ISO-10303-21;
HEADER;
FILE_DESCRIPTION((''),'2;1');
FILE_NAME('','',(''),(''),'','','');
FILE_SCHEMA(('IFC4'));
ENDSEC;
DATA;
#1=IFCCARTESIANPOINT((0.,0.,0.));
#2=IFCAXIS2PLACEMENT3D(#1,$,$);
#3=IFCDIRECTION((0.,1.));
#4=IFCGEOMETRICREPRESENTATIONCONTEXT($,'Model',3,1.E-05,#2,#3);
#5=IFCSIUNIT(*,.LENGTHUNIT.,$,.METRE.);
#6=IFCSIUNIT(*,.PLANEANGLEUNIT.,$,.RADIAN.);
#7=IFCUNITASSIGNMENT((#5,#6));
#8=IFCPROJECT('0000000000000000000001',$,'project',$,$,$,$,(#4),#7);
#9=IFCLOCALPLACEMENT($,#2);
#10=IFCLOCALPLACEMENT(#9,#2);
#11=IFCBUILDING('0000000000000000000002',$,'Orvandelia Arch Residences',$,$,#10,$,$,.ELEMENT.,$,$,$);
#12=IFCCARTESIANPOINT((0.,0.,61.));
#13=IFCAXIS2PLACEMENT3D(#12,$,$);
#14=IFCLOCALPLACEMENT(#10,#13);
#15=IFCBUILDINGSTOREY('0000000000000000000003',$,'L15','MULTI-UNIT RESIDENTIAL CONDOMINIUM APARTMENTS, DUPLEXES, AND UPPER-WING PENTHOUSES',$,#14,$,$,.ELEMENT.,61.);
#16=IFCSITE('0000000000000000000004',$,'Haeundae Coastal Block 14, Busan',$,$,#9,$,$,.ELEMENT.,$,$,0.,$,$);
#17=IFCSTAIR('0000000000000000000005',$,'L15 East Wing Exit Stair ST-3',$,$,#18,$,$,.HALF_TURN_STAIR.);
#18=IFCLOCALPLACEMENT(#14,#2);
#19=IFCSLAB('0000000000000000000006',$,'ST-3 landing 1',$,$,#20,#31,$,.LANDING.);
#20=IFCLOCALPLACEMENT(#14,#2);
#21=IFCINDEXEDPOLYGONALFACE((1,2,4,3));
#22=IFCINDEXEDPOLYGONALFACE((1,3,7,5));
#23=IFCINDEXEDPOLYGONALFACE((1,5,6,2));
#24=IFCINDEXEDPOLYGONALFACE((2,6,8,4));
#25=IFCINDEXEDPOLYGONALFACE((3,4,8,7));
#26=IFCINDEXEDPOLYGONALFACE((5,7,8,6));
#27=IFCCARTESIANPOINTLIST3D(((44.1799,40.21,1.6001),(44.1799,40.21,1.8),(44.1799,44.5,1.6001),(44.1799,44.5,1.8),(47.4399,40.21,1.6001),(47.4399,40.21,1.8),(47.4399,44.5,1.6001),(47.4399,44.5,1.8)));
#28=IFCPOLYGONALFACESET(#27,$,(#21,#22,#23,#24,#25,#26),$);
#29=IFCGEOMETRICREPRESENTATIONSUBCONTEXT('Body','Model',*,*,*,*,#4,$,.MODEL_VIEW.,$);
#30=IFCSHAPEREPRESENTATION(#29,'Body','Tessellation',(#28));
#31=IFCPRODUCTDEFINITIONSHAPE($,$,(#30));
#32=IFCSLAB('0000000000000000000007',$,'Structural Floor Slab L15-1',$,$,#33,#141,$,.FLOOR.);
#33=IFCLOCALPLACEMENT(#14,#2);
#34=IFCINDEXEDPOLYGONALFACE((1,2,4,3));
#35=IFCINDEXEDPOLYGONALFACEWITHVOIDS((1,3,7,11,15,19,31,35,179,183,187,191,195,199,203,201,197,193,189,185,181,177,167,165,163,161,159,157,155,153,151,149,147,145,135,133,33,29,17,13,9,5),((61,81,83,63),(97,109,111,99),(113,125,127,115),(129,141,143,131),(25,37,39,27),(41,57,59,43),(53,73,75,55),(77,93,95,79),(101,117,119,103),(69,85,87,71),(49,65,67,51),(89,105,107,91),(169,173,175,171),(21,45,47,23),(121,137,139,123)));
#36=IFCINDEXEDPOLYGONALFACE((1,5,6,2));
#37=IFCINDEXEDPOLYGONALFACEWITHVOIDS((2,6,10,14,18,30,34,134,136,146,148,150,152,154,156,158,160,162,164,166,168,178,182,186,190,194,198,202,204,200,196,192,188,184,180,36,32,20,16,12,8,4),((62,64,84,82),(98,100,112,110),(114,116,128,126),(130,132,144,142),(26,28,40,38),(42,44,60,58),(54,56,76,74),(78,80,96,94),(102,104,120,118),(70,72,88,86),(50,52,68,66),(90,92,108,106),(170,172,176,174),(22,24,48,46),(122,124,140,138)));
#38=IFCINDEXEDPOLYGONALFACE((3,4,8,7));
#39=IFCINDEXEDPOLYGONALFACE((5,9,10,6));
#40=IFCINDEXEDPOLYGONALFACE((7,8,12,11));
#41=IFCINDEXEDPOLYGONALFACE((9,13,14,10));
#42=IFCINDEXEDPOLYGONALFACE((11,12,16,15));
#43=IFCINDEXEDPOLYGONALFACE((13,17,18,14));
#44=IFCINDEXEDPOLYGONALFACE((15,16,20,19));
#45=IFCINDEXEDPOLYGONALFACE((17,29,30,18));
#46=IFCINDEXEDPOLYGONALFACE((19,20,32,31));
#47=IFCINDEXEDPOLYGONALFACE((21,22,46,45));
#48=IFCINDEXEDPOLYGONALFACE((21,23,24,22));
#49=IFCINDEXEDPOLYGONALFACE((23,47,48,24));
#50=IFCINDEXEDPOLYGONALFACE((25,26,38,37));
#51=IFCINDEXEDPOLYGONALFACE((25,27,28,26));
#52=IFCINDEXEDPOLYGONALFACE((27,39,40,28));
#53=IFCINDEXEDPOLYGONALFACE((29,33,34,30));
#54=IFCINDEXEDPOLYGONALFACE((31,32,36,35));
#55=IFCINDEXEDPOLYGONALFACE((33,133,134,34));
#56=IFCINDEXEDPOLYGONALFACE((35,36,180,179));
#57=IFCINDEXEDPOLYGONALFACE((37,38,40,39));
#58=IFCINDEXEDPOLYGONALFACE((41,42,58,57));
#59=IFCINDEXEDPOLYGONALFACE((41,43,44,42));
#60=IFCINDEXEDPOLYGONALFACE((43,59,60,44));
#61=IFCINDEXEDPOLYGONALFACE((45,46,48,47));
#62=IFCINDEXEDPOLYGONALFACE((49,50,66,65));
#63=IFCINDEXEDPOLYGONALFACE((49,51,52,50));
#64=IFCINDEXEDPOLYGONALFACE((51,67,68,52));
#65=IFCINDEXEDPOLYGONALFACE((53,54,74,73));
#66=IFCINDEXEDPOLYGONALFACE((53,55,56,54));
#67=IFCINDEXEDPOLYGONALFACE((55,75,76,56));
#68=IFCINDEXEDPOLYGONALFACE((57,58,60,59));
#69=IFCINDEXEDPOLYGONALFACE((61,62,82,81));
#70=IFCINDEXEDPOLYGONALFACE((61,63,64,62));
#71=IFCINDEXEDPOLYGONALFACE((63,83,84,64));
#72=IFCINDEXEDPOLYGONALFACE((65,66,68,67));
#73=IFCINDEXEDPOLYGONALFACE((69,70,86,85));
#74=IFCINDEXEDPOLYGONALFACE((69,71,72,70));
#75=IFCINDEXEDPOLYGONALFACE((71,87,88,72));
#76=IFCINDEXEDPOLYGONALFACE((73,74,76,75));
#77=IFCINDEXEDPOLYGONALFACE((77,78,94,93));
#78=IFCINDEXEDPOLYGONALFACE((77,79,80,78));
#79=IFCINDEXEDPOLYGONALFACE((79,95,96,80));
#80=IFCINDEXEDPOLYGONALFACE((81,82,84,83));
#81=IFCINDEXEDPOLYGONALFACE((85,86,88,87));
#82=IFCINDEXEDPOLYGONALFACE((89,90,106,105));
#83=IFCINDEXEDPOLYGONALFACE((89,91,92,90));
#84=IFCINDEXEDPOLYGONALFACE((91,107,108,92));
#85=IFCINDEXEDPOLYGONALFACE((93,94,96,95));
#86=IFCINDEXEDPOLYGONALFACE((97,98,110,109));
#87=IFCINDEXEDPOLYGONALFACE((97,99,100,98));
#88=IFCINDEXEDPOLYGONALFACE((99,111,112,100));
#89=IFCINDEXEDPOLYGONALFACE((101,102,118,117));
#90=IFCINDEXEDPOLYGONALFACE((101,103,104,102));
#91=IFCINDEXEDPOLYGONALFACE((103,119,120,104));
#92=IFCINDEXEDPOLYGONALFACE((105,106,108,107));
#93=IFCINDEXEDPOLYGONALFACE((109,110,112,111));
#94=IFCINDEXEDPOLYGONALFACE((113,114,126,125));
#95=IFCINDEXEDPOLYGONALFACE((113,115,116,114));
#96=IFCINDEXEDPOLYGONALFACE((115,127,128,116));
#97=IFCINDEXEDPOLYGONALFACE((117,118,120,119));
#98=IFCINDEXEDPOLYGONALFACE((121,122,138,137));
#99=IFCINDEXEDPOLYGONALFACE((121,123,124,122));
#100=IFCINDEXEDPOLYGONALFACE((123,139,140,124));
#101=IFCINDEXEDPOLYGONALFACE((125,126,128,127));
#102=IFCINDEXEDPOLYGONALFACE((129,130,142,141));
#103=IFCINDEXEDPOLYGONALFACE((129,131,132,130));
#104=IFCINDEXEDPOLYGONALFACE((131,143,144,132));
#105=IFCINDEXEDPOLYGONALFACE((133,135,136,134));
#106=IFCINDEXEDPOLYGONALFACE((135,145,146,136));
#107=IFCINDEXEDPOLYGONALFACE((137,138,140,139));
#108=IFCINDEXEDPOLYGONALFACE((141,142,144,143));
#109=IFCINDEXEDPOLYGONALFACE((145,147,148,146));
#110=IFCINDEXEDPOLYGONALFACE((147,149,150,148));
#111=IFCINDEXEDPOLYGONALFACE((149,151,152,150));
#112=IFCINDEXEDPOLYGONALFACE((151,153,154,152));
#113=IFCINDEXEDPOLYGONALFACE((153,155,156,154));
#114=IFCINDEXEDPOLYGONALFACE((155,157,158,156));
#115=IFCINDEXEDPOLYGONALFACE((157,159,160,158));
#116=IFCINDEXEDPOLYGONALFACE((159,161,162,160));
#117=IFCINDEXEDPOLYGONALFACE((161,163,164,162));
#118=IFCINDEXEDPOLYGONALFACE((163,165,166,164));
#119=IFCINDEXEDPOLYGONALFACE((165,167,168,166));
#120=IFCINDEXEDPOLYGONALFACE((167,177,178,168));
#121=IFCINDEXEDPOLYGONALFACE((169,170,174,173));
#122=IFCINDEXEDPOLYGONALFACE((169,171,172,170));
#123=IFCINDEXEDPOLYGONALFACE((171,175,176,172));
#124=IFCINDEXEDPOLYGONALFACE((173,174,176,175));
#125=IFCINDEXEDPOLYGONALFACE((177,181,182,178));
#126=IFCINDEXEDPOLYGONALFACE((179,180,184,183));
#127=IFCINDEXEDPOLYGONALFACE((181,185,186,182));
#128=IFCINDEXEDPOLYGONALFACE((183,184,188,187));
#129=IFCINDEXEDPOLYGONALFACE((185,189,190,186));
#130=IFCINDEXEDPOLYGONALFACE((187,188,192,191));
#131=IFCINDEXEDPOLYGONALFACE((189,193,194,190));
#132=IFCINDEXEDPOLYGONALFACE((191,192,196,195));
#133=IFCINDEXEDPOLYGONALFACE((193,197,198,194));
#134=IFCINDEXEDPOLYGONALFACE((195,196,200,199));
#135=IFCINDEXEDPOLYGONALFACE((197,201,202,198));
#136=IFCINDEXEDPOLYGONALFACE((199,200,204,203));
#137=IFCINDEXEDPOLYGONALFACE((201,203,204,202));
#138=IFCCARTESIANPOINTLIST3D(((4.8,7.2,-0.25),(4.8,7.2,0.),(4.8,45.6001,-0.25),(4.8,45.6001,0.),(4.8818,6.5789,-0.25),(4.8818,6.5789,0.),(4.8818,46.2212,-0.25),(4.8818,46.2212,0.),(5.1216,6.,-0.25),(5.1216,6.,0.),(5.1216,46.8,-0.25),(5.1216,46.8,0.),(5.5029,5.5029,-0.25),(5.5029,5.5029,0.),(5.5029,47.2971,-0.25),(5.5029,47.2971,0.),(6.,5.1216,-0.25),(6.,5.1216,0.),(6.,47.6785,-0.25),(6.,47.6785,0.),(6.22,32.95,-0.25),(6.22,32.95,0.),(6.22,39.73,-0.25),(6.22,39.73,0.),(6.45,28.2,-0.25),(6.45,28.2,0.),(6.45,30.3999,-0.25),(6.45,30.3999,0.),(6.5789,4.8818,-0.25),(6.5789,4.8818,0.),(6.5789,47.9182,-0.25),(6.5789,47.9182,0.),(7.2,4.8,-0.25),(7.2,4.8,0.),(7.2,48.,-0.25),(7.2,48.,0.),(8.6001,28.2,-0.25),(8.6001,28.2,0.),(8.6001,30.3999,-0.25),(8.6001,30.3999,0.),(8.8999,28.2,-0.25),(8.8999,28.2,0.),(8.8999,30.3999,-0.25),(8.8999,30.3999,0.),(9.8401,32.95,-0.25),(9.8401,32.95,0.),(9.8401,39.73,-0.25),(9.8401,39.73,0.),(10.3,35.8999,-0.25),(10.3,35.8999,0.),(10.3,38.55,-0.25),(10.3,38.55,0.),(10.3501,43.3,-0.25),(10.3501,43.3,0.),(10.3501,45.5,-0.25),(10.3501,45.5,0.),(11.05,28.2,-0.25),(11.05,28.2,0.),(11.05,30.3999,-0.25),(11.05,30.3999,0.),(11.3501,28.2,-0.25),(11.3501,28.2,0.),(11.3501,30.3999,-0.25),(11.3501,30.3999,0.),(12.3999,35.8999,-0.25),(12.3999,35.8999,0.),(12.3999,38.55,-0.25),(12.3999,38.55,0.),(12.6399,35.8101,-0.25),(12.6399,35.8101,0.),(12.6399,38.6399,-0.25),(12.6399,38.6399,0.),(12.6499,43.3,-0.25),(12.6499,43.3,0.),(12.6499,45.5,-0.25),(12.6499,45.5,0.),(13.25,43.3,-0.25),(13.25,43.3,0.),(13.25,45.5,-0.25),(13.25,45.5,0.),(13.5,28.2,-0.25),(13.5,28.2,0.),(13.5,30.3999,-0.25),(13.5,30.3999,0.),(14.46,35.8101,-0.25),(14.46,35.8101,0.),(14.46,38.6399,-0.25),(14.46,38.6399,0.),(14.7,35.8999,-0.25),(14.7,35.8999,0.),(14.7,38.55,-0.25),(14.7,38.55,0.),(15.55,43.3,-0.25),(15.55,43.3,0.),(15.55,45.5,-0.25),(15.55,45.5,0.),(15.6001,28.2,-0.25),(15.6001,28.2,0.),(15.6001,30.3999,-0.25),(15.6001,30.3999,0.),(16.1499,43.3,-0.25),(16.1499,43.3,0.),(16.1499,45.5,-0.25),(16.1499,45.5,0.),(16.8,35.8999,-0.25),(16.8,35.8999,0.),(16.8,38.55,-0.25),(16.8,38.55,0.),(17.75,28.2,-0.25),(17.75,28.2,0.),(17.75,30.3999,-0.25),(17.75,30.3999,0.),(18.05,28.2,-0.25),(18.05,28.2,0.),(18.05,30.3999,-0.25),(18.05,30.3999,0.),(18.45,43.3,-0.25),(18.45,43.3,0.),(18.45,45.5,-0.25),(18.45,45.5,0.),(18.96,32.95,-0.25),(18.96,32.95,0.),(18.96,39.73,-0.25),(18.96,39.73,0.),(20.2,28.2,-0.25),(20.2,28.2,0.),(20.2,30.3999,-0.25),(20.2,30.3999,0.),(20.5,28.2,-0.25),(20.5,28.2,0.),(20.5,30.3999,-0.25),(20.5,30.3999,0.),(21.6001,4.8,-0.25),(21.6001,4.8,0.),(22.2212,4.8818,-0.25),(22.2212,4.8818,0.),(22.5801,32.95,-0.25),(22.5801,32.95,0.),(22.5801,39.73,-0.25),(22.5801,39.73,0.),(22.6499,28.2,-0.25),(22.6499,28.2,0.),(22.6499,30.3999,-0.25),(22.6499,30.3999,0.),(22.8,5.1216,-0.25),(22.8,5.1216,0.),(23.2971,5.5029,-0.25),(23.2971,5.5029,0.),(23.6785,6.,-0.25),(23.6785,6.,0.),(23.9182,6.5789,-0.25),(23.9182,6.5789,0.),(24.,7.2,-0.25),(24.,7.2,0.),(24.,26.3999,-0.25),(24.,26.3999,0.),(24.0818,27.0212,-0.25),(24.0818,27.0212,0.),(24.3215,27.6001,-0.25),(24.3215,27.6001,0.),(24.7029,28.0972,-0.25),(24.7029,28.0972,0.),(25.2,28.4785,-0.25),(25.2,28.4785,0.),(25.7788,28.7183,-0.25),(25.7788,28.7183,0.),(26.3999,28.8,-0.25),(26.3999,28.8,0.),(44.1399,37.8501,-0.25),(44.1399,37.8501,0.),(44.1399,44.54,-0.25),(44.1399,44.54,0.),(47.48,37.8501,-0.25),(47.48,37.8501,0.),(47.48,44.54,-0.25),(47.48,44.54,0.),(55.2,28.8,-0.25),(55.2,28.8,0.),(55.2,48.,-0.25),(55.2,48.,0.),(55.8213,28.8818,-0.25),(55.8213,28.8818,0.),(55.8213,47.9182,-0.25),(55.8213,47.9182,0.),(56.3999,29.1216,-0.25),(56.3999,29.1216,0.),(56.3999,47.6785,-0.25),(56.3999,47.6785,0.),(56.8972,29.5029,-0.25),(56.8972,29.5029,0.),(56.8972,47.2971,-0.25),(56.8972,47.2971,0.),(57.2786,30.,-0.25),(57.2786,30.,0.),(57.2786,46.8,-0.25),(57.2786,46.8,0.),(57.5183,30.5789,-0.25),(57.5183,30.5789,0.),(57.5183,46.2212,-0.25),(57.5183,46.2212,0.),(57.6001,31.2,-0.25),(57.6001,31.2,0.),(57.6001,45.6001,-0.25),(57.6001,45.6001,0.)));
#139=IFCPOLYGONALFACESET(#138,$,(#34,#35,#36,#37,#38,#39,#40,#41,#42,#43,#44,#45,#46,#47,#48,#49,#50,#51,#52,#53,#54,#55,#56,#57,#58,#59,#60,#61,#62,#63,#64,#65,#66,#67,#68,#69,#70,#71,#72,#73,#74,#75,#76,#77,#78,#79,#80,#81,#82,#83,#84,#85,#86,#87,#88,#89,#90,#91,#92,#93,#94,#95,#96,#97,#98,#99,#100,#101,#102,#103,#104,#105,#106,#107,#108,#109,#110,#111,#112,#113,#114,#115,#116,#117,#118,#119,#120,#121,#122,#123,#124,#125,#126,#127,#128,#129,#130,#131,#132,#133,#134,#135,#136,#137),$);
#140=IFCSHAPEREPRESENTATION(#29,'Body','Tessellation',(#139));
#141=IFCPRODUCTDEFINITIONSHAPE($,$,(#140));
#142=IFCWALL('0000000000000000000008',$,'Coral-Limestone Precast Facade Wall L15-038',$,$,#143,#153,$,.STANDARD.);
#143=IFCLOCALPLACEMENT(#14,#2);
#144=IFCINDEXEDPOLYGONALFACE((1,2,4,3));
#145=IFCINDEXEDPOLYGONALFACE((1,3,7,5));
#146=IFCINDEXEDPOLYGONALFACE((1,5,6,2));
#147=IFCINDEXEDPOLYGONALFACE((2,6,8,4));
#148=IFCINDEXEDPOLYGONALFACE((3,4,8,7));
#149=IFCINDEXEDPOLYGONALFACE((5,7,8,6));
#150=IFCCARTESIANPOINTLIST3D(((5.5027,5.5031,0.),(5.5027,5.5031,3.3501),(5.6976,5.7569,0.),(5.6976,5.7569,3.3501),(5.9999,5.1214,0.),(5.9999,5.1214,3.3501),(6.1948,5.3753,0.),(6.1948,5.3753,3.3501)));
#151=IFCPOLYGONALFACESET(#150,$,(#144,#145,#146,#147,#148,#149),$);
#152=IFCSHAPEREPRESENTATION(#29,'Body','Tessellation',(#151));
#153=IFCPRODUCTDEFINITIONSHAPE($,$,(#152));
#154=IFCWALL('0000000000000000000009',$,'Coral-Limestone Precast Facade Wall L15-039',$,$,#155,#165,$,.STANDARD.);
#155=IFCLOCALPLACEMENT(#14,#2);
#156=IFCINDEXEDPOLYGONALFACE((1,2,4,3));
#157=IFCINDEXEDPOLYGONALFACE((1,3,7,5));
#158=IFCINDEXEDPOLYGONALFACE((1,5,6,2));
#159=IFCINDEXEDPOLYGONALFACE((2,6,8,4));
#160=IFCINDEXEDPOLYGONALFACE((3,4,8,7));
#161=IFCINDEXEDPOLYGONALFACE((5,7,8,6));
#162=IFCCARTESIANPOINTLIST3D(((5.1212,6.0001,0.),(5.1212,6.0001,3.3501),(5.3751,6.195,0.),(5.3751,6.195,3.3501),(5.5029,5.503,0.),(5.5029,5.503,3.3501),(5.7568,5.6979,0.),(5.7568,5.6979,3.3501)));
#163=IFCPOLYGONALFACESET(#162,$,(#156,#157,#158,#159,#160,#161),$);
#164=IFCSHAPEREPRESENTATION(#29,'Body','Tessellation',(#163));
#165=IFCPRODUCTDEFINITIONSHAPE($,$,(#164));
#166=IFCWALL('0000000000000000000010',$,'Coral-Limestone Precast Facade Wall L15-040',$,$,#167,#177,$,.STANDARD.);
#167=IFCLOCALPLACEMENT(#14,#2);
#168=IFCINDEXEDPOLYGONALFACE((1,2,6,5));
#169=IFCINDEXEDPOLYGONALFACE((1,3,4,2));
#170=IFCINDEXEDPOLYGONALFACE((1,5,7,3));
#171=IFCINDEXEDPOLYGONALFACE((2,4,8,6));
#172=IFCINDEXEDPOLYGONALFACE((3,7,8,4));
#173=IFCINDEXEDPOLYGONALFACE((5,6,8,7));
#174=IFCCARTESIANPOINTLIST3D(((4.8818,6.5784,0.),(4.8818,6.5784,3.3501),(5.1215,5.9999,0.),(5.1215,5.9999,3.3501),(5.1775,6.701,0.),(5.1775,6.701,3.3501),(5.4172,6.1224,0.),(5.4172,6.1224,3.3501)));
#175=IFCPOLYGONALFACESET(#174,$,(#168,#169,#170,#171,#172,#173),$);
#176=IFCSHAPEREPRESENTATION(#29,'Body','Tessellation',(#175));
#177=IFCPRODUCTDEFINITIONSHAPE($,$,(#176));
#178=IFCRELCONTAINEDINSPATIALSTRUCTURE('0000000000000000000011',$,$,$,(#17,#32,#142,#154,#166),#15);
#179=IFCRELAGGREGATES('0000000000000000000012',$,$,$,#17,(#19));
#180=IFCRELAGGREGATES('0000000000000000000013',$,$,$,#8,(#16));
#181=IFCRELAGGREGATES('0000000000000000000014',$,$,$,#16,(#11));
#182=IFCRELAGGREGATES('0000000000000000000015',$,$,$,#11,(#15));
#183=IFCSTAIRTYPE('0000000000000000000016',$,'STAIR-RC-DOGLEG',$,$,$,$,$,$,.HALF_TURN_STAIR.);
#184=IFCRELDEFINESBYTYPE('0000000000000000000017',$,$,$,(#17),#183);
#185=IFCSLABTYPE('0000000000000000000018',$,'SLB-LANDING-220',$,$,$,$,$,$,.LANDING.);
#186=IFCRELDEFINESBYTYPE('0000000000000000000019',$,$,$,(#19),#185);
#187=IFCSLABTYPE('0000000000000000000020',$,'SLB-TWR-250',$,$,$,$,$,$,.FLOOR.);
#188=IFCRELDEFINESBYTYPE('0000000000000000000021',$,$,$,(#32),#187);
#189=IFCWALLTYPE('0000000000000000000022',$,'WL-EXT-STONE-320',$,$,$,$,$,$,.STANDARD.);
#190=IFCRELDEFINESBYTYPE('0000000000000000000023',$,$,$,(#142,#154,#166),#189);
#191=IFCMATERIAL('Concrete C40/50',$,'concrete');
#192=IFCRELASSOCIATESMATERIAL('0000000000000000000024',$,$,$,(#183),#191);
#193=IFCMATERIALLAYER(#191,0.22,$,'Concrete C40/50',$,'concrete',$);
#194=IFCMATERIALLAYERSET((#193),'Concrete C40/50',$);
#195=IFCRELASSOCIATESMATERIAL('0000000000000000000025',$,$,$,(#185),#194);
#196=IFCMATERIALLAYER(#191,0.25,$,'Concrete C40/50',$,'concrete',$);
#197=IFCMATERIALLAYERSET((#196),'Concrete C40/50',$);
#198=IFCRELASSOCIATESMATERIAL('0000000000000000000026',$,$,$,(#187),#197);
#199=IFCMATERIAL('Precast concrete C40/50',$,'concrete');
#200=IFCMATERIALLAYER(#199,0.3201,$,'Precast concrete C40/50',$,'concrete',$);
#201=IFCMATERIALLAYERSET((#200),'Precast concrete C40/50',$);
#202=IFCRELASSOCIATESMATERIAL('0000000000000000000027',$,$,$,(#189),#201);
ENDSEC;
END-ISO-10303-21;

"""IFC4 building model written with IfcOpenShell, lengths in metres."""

from ifc_helpers import new_model, si_unit, direction, frame, frame_2d, origin, place, context, subcontext, project, spatial, polyline, rectangle, outline, extrude, material, layer, layer_set, type_object, element, aggregate, save


model = new_model("IFC4")

# Units and contexts
model_context = context("Model", 3, precision=1e-05, world=origin(), true_north=direction((0.0, 1.0)))
body_context = subcontext(model_context, "Body", "Model", "MODEL_VIEW")
ifc_project = project(units=[si_unit("LENGTHUNIT", "METRE"), si_unit("PLANEANGLEUNIT", "RADIAN")], contexts=[model_context])

# Site, building, storey
site_placement = place(None, origin())
site = spatial("IfcSite", under=ifc_project, at=site_placement, Name="Haeundae Coastal Block 14, Busan", CompositionType="ELEMENT", RefElevation=0.0)
building_placement = place(site_placement, origin())
building = spatial("IfcBuilding", under=site, at=building_placement, Name="Orvandelia Arch Residences", CompositionType="ELEMENT")
storey_placement = place(building_placement, frame((0.0, 0.0, 61.0)))
storey = spatial("IfcBuildingStorey", under=building, at=storey_placement, Name="L15", Description="MULTI-UNIT RESIDENTIAL CONDOMINIUM APARTMENTS, DUPLEXES, AND UPPER-WING PENTHOUSES", CompositionType="ELEMENT", Elevation=61.0)

# Shared definitions
ifc_material_1 = material(Name="Precast concrete C40/50", Category="concrete")

# Stair, slab
ifc_material_2 = material(Name="Concrete C40/50", Category="concrete")
stair_type = type_object("IfcStairType", Name="STAIR-RC-DOGLEG", PredefinedType="HALF_TURN_STAIR", material=ifc_material_2)
ifc_layer_1 = layer(ifc_material_2, 0.22, Name="Concrete C40/50", Category="concrete")
ifc_layer_set_1 = layer_set([ifc_layer_1], Name="Concrete C40/50")
slab_type_1 = type_object("IfcSlabType", Name="SLB-LANDING-220", PredefinedType="LANDING", material=ifc_layer_set_1)
stair_1_placement = place(storey_placement, origin())
stair_1 = element("IfcStair", 1, at=stair_1_placement, inside=storey, type_object=stair_type, Name="L15 East Wing Exit Stair ST-3", PredefinedType="HALF_TURN_STAIR")
slab_1_placement = place(storey_placement, frame((0.0, 0.0, 1.6001)))
slab_1 = element("IfcSlab", 2, at=slab_1_placement, type_object=slab_type_1, Name="ST-3 landing 1", PredefinedType="LANDING", context=body_context, shape_type="SweptSolid", body=[
    extrude(outline(polyline([(47.4399, 40.21), (47.4399, 44.5), (44.1799, 44.5), (44.1799, 40.21), (47.4399, 40.21)])), origin(), (0.0, 0.0, 1.0), 0.2),
])
aggregate(stair_1, [slab_1])

# Slab
ifc_layer_2 = layer(ifc_material_2, 0.25, Name="Concrete C40/50", Category="concrete")
ifc_layer_set_2 = layer_set([ifc_layer_2], Name="Concrete C40/50")
slab_type_2 = type_object("IfcSlabType", Name="SLB-TWR-250", PredefinedType="FLOOR", material=ifc_layer_set_2)
slab_2_placement = place(storey_placement, frame((0.0, 0.0, -0.25)))
element("IfcSlab", 3, at=slab_2_placement, inside=storey, type_object=slab_type_2, Name="Structural Floor Slab L15-1", PredefinedType="FLOOR", context=body_context, shape_type="SweptSolid", body=[
    extrude(outline(polyline([(4.8, 7.2), (4.8818, 6.5789), (5.1216, 6.0), (5.5029, 5.5029), (6.0, 5.1216), (6.5789, 4.8818), (7.2, 4.8), (21.6001, 4.8), (22.2212, 4.8818), (22.8, 5.1216), (23.2971, 5.5029), (23.6785, 6.0), (23.9182, 6.5789), (24.0, 7.2), (24.0, 26.3999), (24.0818, 27.0212), (24.3215, 27.6001), (24.7029, 28.0972), (25.2, 28.4785), (25.7788, 28.7183), (26.3999, 28.8), (55.2, 28.8), (55.8213, 28.8818), (56.3999, 29.1216), (56.8972, 29.5029), (57.2786, 30.0), (57.5183, 30.5789), (57.6001, 31.2), (57.6001, 45.6001), (57.5183, 46.2212), (57.2786, 46.8), (56.8972, 47.2971), (56.3999, 47.6785), (55.8213, 47.9182), (55.2, 48.0), (7.2, 48.0), (6.5789, 47.9182), (6.0, 47.6785), (5.5029, 47.2971), (5.1216, 46.8), (4.8818, 46.2212), (4.8, 45.6001), (4.8, 7.2)]), holes=[polyline([(6.22, 32.95), (9.8401, 32.95), (9.8401, 39.73), (6.22, 39.73), (6.22, 32.95)]), polyline([(18.96, 32.95), (22.5801, 32.95), (22.5801, 39.73), (18.96, 39.73), (18.96, 32.95)]), polyline([(44.1399, 37.8501), (47.48, 37.8501), (47.48, 44.54), (44.1399, 44.54), (44.1399, 37.8501)]), polyline([(12.6399, 35.8101), (14.46, 35.8101), (14.46, 38.6399), (12.6399, 38.6399), (12.6399, 35.8101)]), polyline([(10.3, 35.8999), (12.3999, 35.8999), (12.3999, 38.55), (10.3, 38.55), (10.3, 35.8999)]), polyline([(14.7, 35.8999), (16.8, 35.8999), (16.8, 38.55), (14.7, 38.55), (14.7, 35.8999)]), polyline([(10.3501, 43.3), (12.6499, 43.3), (12.6499, 45.5), (10.3501, 45.5), (10.3501, 43.3)]), polyline([(13.25, 43.3), (15.55, 43.3), (15.55, 45.5), (13.25, 45.5), (13.25, 43.3)]), polyline([(16.1499, 43.3), (18.45, 43.3), (18.45, 45.5), (16.1499, 45.5), (16.1499, 43.3)]), polyline([(6.45, 28.2), (8.6001, 28.2), (8.6001, 30.3999), (6.45, 30.3999), (6.45, 28.2)]), polyline([(8.8999, 28.2), (11.05, 28.2), (11.05, 30.3999), (8.8999, 30.3999), (8.8999, 28.2)]), polyline([(11.3501, 28.2), (13.5, 28.2), (13.5, 30.3999), (11.3501, 30.3999), (11.3501, 28.2)]), polyline([(15.6001, 28.2), (17.75, 28.2), (17.75, 30.3999), (15.6001, 30.3999), (15.6001, 28.2)]), polyline([(18.05, 28.2), (20.2, 28.2), (20.2, 30.3999), (18.05, 30.3999), (18.05, 28.2)]), polyline([(20.5, 28.2), (22.6499, 28.2), (22.6499, 30.3999), (20.5, 30.3999), (20.5, 28.2)])]), origin(), (0.0, 0.0, 1.0), 0.25),
])

# Walls
ifc_layer_3 = layer(ifc_material_1, 0.3201, Name="Precast concrete C40/50", Category="concrete")
ifc_layer_set_3 = layer_set([ifc_layer_3], Name="Precast concrete C40/50")
wall_type_1 = type_object("IfcWallType", Name="WL-EXT-STONE-320", PredefinedType="STANDARD", material=ifc_layer_set_3)
for number, where, z_axis, x_axis, name in (
    (4, (6.0974, 5.2483, 0.0), (0.0, 0.0, 1.0), (-0.793217, 0.608939, 0.0), "Coral-Limestone Precast Facade Wall L15-038"),
    (5, (5.6299, 5.6003, 0.0), (0.0, 0.0, 1.0), (-0.608939, 0.793217, 0.0), "Coral-Limestone Precast Facade Wall L15-039"),
):
    element("IfcWall", number, at=place(storey_placement, frame(where, z_axis=z_axis, x_axis=x_axis)), inside=storey, type_object=wall_type_1, Name=name, PredefinedType="STANDARD", context=body_context, shape_type="SweptSolid", body=[
        extrude(rectangle(XDim=0.6267, YDim=0.3201, at=frame_2d((0.3135, 0.0))), origin(), (0.0, 0.0, 1.0), 3.3501),
    ])
wall_1_placement = place(storey_placement, frame((5.2693, 6.0613, 0.0), z_axis=(0.0, 0.0, 1.0), x_axis=(-0.382788, 0.923836, 0.0)))
element("IfcWall", 6, at=wall_1_placement, inside=storey, type_object=wall_type_1, Name="Coral-Limestone Precast Facade Wall L15-040", PredefinedType="STANDARD", context=body_context, shape_type="SweptSolid", body=[
    extrude(rectangle(XDim=0.6262, YDim=0.3201, at=frame_2d((0.313, 0.0))), origin(), (0.0, 0.0, 1.0), 3.3501),
])

save(model, "model.ifc")
